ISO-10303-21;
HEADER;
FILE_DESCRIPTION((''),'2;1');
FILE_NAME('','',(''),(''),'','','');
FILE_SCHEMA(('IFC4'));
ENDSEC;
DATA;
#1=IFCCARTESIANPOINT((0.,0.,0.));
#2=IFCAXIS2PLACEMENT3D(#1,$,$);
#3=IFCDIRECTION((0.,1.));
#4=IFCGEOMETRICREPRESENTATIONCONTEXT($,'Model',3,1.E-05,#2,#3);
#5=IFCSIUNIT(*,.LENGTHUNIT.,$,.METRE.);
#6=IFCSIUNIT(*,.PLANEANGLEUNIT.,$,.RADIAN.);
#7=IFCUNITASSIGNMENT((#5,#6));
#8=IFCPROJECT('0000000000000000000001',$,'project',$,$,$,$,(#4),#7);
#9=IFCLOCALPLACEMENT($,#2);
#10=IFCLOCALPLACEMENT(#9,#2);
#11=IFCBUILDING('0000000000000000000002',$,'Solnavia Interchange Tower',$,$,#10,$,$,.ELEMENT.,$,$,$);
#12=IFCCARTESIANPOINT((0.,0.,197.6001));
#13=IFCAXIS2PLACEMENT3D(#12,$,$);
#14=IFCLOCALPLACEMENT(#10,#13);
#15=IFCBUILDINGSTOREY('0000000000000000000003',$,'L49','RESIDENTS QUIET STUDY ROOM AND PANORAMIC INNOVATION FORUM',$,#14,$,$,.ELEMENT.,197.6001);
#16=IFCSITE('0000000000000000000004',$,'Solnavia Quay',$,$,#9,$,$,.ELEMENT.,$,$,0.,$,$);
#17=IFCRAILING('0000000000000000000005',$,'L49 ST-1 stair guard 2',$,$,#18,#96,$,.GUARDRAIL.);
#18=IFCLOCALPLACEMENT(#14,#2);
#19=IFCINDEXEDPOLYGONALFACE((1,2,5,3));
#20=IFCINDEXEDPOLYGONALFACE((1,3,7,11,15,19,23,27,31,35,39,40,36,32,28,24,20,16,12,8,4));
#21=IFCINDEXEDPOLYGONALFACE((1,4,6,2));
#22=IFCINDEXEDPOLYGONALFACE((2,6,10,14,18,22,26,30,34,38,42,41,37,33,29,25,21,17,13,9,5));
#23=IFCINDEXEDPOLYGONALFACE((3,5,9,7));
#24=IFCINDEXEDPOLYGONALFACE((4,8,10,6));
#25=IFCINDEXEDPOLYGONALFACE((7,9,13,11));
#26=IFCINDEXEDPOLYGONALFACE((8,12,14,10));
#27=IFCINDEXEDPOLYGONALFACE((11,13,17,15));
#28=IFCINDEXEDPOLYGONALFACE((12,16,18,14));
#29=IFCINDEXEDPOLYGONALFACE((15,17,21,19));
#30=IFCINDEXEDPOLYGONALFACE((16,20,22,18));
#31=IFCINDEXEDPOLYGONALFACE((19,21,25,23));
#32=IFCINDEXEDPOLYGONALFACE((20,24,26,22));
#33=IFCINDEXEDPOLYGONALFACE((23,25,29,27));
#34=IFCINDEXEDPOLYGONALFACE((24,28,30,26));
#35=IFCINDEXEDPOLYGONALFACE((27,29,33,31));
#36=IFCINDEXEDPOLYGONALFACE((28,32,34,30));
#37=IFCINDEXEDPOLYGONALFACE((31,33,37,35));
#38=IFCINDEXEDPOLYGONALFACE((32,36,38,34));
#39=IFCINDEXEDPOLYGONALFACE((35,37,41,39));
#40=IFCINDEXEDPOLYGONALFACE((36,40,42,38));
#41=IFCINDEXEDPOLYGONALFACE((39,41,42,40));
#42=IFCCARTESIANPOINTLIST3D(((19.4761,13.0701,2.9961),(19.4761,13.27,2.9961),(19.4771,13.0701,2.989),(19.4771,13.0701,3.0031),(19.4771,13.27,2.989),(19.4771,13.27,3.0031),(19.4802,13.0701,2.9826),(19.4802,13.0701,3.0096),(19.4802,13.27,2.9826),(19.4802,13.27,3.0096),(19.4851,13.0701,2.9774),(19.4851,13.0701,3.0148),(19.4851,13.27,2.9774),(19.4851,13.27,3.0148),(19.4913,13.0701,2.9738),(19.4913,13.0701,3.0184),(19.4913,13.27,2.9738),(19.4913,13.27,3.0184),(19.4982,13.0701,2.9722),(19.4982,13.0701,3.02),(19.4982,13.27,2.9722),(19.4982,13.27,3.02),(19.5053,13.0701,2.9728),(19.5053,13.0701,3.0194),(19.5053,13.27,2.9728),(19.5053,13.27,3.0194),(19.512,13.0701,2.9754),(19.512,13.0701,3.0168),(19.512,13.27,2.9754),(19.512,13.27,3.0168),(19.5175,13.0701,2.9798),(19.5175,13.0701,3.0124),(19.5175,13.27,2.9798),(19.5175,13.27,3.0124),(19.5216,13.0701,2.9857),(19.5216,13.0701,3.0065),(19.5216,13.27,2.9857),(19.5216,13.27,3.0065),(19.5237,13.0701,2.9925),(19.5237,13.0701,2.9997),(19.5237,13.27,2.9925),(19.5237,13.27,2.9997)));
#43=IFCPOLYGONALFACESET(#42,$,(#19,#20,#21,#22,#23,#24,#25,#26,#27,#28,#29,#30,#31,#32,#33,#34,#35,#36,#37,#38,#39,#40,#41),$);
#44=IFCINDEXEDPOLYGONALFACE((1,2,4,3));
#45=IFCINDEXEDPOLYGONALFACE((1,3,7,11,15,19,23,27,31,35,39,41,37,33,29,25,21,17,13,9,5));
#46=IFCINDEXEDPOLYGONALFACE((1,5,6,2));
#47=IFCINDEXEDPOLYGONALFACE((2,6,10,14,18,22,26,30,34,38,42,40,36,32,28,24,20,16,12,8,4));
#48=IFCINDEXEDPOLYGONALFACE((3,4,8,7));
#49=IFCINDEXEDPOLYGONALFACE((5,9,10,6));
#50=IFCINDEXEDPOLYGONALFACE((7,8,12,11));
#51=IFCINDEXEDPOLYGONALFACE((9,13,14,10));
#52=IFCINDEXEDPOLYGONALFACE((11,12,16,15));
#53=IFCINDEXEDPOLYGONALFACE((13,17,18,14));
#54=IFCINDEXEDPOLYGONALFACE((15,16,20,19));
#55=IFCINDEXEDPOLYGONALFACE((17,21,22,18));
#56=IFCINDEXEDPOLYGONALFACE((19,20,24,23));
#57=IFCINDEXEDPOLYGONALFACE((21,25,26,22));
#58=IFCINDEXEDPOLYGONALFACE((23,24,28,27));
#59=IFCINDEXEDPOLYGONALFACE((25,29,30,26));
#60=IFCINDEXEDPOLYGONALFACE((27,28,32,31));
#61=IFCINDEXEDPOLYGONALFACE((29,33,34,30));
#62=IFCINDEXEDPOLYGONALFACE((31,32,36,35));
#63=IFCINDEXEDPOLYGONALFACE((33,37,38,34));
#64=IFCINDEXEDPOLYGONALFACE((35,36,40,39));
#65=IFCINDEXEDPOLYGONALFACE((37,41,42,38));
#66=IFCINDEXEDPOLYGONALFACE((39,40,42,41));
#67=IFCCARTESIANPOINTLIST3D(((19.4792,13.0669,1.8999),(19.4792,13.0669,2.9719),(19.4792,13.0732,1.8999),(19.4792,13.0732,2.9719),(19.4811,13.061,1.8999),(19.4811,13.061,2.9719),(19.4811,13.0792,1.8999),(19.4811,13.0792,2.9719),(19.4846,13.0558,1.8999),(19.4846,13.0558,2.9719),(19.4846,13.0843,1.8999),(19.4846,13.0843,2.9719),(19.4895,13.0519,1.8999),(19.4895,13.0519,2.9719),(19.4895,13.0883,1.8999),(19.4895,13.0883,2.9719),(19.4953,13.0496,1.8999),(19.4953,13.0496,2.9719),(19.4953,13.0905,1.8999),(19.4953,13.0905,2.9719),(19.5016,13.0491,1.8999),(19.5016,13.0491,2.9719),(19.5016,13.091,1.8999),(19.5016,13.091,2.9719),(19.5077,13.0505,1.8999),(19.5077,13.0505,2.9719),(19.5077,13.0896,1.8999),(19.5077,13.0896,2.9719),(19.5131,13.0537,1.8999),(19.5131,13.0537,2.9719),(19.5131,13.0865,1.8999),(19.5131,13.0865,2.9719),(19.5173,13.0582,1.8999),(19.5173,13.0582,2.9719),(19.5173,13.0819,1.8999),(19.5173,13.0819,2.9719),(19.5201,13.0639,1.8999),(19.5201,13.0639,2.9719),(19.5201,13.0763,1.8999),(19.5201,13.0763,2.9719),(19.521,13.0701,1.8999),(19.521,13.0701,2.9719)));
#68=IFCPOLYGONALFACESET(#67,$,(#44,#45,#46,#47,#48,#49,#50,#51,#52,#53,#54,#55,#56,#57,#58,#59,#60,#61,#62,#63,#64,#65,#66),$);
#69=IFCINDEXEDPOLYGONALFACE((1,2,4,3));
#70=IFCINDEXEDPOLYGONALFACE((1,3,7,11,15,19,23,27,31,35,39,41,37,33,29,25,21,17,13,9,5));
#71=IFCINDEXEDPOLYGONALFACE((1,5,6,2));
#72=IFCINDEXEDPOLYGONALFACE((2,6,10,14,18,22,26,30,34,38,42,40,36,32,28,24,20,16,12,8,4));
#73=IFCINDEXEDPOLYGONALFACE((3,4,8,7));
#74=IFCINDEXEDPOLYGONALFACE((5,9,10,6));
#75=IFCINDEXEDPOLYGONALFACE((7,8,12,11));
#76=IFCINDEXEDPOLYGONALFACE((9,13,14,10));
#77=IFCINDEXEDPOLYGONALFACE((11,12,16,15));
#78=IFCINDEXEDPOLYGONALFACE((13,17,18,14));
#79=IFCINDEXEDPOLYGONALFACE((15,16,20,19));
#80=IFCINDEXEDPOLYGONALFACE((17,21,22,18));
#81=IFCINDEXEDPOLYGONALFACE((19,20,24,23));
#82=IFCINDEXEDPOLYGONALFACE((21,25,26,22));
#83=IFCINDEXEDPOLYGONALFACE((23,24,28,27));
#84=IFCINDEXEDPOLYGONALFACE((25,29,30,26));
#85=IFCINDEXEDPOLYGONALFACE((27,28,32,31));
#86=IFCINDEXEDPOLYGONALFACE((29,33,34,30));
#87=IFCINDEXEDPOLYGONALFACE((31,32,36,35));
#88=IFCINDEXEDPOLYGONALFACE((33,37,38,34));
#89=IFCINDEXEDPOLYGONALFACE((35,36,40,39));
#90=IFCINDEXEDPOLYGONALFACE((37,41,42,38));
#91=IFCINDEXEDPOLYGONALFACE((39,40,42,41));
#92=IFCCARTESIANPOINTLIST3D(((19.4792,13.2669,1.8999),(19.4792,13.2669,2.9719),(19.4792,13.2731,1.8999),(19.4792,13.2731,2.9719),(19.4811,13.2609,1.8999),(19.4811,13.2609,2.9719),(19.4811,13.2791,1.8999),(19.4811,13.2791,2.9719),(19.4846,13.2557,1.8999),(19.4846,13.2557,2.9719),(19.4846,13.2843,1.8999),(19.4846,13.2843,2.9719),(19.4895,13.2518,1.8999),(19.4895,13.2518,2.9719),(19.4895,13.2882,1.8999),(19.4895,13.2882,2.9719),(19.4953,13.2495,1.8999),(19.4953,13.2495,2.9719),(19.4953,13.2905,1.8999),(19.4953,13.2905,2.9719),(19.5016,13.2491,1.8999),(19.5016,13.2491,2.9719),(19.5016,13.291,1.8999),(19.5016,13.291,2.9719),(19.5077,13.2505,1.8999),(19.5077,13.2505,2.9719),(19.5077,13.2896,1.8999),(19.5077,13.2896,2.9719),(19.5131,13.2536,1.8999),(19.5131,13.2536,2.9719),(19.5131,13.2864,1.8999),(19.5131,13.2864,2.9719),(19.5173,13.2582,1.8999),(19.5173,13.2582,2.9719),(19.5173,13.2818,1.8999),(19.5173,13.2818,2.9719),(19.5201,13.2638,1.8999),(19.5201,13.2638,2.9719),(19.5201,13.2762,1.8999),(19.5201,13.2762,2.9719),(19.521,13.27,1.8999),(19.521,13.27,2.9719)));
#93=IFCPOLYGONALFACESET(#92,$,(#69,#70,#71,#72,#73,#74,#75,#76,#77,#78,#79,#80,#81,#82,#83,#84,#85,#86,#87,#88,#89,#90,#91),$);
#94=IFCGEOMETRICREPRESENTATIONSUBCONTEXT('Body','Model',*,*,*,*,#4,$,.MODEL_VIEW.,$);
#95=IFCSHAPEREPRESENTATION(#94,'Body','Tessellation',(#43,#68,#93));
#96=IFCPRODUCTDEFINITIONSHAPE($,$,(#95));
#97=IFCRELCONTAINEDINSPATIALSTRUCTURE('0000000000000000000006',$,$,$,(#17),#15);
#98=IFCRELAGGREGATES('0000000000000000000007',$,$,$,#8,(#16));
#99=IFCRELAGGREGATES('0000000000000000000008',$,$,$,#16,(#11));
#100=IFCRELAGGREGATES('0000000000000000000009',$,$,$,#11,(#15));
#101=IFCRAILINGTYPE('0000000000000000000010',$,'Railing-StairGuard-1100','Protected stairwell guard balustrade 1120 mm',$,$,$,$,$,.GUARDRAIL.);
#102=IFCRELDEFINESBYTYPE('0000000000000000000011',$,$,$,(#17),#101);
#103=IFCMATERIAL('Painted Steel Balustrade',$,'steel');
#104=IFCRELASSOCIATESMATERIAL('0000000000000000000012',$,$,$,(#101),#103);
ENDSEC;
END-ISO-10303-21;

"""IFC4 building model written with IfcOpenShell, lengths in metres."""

from ifc_helpers import new_model, si_unit, direction, frame, origin, origin_2d, place, context, subcontext, project, spatial, circle, extrude, material, type_object, element, save


model = new_model("IFC4")

# Units and contexts
model_context = context("Model", 3, precision=1e-05, world=origin(), true_north=direction((0.0, 1.0)))
body_context = subcontext(model_context, "Body", "Model", "MODEL_VIEW")
ifc_project = project(units=[si_unit("LENGTHUNIT", "METRE"), si_unit("PLANEANGLEUNIT", "RADIAN")], contexts=[model_context])

# Site, building, storey
site_placement = place(None, origin())
site = spatial("IfcSite", under=ifc_project, at=site_placement, Name="Solnavia Quay", CompositionType="ELEMENT", RefElevation=0.0)
building_placement = place(site_placement, origin())
building = spatial("IfcBuilding", under=site, at=building_placement, Name="Solnavia Interchange Tower", CompositionType="ELEMENT")
storey_placement = place(building_placement, frame((0.0, 0.0, 197.6001)))
storey = spatial("IfcBuildingStorey", under=building, at=storey_placement, Name="L49", Description="RESIDENTS QUIET STUDY ROOM AND PANORAMIC INNOVATION FORUM", CompositionType="ELEMENT", Elevation=197.6001)

# Railing
ifc_material_1 = material(Name="Painted Steel Balustrade", Category="steel")
railing_type_1 = type_object("IfcRailingType", Name="Railing-StairGuard-1100", Description="Protected stairwell guard balustrade 1120 mm", PredefinedType="GUARDRAIL", material=ifc_material_1)
railing_1_placement = place(storey_placement, frame((19.5, 13.0701, 1.8999)))
element("IfcRailing", 1, at=railing_1_placement, inside=storey, type_object=railing_type_1, Name="L49 ST-1 stair guard 2", PredefinedType="GUARDRAIL", context=body_context, shape_type="SweptSolid", body=[
    extrude(circle(Radius=0.0239, at=origin_2d()), frame((0.0, 0.0, 1.0962), z_axis=(0.0, 1.0, 0.0), x_axis=(-1.0, 0.0, 0.0)), (0.0, 0.0, 1.0), 0.2),
    extrude(circle(Radius=0.021, at=origin_2d()), origin(), (0.0, 0.0, 1.0), 1.072),
    extrude(circle(Radius=0.021, at=origin_2d()), frame((0.0, 0.2, 0.0)), (0.0, 0.0, 1.0), 1.072),
])

save(model, "model.ifc")
